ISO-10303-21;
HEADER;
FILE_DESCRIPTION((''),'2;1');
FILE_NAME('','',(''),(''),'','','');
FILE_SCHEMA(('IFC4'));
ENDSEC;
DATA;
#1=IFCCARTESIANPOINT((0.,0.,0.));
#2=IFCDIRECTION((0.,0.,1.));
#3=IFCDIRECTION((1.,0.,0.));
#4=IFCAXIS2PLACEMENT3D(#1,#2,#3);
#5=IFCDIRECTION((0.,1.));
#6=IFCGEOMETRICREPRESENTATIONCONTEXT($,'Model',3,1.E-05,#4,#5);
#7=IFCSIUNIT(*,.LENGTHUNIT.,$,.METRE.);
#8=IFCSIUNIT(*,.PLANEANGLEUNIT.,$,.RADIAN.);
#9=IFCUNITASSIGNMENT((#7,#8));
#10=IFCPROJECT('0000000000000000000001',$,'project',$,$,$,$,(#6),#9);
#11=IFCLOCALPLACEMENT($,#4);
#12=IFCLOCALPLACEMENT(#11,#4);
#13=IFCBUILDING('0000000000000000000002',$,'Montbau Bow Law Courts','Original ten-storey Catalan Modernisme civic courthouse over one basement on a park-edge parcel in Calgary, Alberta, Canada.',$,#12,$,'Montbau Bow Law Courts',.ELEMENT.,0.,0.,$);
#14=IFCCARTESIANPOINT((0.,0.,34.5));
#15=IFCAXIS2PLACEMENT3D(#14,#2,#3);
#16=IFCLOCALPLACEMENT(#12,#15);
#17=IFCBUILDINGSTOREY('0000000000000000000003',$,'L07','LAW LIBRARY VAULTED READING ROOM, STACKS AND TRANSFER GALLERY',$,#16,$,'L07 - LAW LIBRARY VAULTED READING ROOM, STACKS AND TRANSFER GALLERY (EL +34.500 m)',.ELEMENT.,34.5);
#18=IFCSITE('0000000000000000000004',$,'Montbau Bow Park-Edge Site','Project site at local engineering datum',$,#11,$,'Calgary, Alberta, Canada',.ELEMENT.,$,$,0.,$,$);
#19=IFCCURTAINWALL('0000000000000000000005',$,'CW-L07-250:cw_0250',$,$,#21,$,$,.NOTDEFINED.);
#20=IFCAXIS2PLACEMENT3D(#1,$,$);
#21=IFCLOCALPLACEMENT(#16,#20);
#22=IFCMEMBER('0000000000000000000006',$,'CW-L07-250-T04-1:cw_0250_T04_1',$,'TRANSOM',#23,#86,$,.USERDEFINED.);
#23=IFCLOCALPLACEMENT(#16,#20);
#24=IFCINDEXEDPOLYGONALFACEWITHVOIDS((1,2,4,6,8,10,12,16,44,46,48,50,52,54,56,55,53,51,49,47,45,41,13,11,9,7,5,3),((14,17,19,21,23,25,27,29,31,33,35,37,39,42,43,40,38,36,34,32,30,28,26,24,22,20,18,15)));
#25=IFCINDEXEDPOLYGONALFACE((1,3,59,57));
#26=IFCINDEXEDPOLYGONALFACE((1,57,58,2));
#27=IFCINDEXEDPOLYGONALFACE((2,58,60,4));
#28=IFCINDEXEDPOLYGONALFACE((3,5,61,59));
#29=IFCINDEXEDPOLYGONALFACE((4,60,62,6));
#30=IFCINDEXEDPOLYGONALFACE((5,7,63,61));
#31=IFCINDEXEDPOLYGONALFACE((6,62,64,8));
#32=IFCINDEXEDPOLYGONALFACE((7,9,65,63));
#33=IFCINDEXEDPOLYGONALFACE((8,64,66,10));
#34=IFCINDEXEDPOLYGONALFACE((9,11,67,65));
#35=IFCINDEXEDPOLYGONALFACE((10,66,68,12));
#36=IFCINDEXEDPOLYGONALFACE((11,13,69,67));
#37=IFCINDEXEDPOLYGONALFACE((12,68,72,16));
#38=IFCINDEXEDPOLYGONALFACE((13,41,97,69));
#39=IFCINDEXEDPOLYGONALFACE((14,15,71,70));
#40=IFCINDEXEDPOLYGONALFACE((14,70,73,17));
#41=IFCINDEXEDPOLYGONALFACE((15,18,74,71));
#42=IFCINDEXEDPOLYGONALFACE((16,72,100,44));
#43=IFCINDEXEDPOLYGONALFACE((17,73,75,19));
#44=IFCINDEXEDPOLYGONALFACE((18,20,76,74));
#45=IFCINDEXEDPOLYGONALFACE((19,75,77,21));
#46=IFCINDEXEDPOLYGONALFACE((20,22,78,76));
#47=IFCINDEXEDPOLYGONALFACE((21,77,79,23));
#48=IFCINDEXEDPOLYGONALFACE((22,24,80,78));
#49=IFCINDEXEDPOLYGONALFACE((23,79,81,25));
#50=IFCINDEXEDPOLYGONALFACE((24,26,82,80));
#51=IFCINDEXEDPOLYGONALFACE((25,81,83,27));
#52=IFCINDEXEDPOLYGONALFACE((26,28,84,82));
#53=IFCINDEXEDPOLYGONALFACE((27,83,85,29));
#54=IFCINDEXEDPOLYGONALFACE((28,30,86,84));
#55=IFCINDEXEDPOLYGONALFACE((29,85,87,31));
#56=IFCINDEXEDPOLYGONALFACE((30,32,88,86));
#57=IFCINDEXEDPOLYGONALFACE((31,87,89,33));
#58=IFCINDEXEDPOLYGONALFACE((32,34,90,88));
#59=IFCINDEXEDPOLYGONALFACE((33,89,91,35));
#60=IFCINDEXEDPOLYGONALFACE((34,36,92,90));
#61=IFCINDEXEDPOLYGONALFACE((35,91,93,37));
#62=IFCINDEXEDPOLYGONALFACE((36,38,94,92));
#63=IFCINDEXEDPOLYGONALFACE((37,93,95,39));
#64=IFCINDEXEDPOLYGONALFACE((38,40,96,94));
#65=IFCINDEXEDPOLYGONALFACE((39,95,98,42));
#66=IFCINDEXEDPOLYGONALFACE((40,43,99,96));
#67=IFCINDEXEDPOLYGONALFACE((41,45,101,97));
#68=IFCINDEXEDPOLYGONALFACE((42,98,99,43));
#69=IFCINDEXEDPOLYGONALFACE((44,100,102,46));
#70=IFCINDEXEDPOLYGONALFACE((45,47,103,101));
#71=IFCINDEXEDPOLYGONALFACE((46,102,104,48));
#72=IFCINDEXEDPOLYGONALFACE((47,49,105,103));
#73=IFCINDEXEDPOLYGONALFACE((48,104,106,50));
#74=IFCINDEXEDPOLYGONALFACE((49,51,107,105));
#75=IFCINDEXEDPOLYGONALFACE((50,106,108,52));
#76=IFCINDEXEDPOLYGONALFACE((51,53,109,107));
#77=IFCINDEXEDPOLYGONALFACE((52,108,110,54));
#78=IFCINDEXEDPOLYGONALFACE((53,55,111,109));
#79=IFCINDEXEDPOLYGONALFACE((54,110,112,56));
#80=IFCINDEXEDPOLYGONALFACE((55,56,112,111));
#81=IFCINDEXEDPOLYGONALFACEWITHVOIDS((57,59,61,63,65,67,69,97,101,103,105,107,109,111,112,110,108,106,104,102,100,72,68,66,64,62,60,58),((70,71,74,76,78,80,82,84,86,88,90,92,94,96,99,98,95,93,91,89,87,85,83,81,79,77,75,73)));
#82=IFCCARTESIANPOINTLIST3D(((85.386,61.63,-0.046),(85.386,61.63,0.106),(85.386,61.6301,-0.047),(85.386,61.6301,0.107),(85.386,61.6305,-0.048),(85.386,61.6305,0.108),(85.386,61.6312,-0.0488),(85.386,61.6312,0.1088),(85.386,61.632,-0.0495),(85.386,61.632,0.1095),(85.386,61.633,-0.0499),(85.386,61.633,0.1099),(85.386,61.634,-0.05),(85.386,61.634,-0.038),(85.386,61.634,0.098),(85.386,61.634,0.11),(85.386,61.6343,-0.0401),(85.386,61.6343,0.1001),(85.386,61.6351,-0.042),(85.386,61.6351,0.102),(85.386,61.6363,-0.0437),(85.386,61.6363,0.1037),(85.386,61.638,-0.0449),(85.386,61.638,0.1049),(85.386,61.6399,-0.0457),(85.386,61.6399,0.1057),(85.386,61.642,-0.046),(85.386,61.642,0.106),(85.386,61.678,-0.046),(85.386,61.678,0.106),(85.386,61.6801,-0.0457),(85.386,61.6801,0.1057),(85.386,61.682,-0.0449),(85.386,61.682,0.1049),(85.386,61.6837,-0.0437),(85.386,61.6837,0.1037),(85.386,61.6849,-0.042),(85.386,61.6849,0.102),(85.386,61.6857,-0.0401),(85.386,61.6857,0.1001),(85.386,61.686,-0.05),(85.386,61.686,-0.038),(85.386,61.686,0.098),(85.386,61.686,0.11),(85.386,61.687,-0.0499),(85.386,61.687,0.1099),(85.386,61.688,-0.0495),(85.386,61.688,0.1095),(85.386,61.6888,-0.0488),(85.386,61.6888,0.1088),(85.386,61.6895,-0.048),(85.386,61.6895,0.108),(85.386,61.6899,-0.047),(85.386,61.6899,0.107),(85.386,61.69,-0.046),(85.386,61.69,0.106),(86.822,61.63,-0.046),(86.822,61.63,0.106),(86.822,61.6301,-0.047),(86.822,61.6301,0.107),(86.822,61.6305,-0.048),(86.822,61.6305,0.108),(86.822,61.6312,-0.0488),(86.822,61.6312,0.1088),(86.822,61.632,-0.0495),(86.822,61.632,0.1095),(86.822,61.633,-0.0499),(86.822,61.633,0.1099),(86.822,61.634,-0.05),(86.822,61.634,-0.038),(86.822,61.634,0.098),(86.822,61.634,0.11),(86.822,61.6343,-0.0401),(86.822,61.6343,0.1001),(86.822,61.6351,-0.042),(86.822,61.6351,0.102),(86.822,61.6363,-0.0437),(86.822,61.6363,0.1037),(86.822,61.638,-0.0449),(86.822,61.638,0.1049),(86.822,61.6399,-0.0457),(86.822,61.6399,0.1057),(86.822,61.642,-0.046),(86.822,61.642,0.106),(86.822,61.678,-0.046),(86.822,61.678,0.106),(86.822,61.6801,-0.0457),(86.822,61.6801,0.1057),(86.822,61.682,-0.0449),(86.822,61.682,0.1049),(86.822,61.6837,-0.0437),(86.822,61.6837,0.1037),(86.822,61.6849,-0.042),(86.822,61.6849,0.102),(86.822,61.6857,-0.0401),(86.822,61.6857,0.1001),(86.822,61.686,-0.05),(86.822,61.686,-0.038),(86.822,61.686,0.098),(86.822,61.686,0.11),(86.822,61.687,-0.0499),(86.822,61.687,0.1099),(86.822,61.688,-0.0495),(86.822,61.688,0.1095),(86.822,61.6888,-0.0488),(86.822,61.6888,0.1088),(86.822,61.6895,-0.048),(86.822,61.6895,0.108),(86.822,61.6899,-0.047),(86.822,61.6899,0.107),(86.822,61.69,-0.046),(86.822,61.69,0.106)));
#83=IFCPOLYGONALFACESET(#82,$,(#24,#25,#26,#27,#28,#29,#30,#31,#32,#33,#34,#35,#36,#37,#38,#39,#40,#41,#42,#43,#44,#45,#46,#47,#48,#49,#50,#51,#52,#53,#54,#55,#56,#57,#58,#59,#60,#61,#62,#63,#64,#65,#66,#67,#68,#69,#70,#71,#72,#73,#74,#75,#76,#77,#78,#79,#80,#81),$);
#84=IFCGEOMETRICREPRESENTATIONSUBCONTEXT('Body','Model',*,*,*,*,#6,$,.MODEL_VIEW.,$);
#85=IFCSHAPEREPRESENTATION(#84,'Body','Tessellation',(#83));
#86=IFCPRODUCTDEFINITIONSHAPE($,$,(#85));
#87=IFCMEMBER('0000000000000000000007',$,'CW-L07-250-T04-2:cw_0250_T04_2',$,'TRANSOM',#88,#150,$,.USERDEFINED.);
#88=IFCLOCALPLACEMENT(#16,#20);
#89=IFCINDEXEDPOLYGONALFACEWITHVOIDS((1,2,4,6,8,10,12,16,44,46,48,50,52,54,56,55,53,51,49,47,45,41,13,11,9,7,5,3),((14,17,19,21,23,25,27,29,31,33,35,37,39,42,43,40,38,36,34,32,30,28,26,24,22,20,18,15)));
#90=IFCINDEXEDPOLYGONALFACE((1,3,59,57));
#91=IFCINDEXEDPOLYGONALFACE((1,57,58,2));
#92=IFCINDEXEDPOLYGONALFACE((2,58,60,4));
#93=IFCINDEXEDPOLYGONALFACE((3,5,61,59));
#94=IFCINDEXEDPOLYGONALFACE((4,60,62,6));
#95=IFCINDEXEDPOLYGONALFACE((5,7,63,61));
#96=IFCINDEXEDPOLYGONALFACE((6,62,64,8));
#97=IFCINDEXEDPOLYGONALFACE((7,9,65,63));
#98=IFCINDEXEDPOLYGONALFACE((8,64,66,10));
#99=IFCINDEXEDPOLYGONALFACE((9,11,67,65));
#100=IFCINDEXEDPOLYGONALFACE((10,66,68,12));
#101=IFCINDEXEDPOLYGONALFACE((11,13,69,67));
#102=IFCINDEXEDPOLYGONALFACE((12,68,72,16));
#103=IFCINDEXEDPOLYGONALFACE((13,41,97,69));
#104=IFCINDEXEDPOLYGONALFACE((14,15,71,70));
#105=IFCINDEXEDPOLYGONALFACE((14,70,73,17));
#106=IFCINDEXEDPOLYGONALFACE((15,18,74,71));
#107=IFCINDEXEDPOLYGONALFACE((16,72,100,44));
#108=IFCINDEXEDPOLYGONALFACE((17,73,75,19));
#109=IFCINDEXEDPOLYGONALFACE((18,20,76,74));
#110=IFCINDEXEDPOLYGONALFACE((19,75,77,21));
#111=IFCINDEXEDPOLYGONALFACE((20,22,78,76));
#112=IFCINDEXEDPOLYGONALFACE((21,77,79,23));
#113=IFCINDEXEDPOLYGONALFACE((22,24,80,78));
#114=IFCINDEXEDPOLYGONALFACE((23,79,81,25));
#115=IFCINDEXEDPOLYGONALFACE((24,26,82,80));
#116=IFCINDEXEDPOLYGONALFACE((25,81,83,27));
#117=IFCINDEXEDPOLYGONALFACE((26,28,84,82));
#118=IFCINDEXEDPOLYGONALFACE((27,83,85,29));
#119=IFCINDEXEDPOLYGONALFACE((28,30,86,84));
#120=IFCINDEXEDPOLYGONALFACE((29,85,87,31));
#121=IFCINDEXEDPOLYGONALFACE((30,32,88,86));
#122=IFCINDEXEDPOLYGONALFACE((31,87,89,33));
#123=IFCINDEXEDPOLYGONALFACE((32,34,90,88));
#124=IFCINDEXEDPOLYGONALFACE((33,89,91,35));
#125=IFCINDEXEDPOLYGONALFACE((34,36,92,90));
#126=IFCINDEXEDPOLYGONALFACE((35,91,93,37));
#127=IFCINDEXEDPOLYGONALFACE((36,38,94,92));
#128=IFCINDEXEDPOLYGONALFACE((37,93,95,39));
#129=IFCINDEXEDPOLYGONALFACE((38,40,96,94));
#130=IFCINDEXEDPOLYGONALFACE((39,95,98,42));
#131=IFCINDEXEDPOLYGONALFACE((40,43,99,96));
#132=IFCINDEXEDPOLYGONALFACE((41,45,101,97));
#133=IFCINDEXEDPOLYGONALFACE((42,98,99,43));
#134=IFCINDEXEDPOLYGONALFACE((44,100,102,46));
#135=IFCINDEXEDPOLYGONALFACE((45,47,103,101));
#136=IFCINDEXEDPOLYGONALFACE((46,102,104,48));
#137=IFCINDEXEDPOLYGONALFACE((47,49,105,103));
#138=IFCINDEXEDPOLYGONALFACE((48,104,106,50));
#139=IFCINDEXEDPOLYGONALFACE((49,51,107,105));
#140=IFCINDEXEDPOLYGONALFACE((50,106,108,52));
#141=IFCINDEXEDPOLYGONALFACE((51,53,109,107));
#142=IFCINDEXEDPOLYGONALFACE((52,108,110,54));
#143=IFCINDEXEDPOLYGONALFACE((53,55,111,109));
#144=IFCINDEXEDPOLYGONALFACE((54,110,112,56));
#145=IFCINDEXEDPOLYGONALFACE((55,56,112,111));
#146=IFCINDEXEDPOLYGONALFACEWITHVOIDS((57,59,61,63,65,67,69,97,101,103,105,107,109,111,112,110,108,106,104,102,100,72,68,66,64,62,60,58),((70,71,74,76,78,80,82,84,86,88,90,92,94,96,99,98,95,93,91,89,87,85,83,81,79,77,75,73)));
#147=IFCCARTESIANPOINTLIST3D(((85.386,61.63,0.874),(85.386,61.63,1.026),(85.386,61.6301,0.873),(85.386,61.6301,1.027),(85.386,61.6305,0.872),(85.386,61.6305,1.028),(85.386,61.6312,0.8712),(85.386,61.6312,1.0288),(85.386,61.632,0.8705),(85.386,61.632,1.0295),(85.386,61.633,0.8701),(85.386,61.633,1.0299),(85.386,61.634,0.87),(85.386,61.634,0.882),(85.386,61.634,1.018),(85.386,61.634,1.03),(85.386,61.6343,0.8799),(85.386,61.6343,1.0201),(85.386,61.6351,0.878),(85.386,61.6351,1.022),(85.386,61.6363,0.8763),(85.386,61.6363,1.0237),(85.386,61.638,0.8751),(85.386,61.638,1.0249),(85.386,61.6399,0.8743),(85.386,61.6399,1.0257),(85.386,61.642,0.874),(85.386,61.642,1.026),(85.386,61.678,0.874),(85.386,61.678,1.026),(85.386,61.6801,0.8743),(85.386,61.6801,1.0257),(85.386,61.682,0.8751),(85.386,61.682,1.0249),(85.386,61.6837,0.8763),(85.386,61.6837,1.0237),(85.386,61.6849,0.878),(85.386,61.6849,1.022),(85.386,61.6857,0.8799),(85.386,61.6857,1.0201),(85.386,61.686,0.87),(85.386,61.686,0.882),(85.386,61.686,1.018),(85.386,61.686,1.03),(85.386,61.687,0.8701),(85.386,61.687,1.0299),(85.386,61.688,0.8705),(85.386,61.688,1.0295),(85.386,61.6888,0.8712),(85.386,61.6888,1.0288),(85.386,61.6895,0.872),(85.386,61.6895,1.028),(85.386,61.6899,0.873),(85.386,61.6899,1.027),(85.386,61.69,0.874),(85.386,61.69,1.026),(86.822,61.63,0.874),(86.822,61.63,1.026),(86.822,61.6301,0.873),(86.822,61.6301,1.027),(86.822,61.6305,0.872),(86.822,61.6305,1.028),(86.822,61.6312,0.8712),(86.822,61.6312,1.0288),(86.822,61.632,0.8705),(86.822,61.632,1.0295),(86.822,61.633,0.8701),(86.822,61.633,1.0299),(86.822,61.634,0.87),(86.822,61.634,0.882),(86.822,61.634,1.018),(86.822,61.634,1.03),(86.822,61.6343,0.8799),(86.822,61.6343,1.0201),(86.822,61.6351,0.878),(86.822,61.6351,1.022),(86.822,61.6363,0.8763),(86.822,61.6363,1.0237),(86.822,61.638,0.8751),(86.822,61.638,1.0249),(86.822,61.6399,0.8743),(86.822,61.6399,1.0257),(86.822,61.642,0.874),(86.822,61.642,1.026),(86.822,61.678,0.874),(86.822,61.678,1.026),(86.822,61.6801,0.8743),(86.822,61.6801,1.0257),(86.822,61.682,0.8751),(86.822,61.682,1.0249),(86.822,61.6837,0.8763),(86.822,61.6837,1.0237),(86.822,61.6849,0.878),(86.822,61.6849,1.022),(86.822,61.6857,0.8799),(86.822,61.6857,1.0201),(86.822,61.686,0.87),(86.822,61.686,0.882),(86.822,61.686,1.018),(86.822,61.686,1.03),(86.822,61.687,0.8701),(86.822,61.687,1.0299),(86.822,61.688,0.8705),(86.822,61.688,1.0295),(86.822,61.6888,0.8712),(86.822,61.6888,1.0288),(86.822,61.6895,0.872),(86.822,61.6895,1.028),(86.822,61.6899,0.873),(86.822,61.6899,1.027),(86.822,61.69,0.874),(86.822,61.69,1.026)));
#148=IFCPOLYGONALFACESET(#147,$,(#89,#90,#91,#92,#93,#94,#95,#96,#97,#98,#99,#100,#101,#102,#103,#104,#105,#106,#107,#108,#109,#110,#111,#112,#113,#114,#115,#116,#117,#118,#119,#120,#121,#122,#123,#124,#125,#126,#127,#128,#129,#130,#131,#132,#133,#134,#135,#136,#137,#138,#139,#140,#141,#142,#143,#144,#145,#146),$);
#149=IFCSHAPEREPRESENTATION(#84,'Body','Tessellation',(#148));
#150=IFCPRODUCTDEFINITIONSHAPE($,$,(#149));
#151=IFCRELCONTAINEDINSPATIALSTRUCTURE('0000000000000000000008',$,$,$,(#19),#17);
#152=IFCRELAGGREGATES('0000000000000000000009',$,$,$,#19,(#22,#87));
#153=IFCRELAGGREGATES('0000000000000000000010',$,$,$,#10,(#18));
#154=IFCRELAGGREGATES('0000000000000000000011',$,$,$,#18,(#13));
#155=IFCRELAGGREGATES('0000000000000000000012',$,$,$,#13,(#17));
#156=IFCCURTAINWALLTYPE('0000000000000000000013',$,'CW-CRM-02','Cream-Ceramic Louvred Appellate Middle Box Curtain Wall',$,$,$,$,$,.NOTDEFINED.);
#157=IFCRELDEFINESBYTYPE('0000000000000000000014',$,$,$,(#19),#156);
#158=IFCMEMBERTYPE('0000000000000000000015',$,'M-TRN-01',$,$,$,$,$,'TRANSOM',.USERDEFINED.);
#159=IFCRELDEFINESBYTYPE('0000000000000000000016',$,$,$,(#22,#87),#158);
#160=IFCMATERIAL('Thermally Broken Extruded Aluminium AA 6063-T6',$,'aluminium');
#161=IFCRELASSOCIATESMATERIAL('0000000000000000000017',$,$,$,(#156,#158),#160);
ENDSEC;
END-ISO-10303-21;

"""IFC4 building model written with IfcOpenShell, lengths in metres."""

from ifc_helpers import new_model, si_unit, direction, frame, origin_with_axes, origin_2d_with_axis, place, context, subcontext, project, spatial, hollow_rectangle, extrude, material, material_profile, profile_set, type_object, element, aggregate, save


model = new_model("IFC4")

# Units and contexts
model_context = context("Model", 3, precision=1e-05, world=origin_with_axes(), true_north=direction((0.0, 1.0)))
body_context = subcontext(model_context, "Body", "Model", "MODEL_VIEW")
ifc_project = project(units=[si_unit("LENGTHUNIT", "METRE"), si_unit("PLANEANGLEUNIT", "RADIAN")], contexts=[model_context])

# Site, building, storey
site_placement = place(None, origin_with_axes())
site = spatial("IfcSite", under=ifc_project, at=site_placement, Name="Montbau Bow Park-Edge Site", Description="Project site at local engineering datum", LongName="Calgary, Alberta, Canada", CompositionType="ELEMENT", RefElevation=0.0)
building_placement = place(site_placement, origin_with_axes())
building = spatial("IfcBuilding", under=site, at=building_placement, Name="Montbau Bow Law Courts", Description="Original ten-storey Catalan Modernisme civic courthouse over one basement on a park-edge parcel in Calgary, Alberta, Canada.", LongName="Montbau Bow Law Courts", CompositionType="ELEMENT", ElevationOfRefHeight=0.0, ElevationOfTerrain=0.0)
storey_placement = place(building_placement, frame((0.0, 0.0, 34.5), z_axis=(0.0, 0.0, 1.0), x_axis=(1.0, 0.0, 0.0)))
storey = spatial("IfcBuildingStorey", under=building, at=storey_placement, Name="L07", Description="LAW LIBRARY VAULTED READING ROOM, STACKS AND TRANSFER GALLERY", LongName="L07 - LAW LIBRARY VAULTED READING ROOM, STACKS AND TRANSFER GALLERY (EL +34.500 m)", CompositionType="ELEMENT", Elevation=34.5)

# Curtain wall
ifc_material_1 = material(Name="Thermally Broken Extruded Aluminium AA 6063-T6", Category="aluminium")
curtain_wall_type = type_object("IfcCurtainWallType", Name="CW-CRM-02", Description="Cream-Ceramic Louvred Appellate Middle Box Curtain Wall", PredefinedType="NOTDEFINED", material=ifc_material_1)
curtain_wall_1_placement = place(None, frame((80.84, 61.66, 34.5), z_axis=(0.0, 0.0, 1.0), x_axis=(1.0, 0.0, 0.0)))
curtain_wall_1 = element("IfcCurtainWall", 1, at=curtain_wall_1_placement, inside=storey, type_object=curtain_wall_type, Name="CW-L07-250:cw_0250", PredefinedType="NOTDEFINED")

# Members
ifc_material_profile_1 = material_profile(ifc_material_1, hollow_rectangle(XDim=0.06, YDim=0.16, WallThickness=0.004, InnerFilletRadius=0.008, OuterFilletRadius=0.004, at=origin_2d_with_axis()), Name="CWT-160X60", Category="Main", Priority=0)
ifc_profile_set_1 = profile_set([ifc_material_profile_1], Name="Thermally Broken Extruded Aluminium AA 6063-T6")
member_type_1 = type_object("IfcMemberType", Name="M-TRN-01", ElementType="TRANSOM", PredefinedType="USERDEFINED", material=ifc_profile_set_1)
member_1_placement = place(None, frame((85.386, 61.66, 34.53), z_axis=(1.0, 0.0, 0.0), x_axis=(0.0, 1.0, 0.0)))
member_1 = element("IfcMember", 2, at=member_1_placement, type_object=member_type_1, Name="CW-L07-250-T04-1:cw_0250_T04_1", ObjectType="TRANSOM", PredefinedType="USERDEFINED", context=body_context, shape_type="SweptSolid", body=[
    extrude(hollow_rectangle(XDim=0.06, YDim=0.16, WallThickness=0.004, InnerFilletRadius=0.008, OuterFilletRadius=0.004, at=origin_2d_with_axis()), origin_with_axes(), (0.0, 0.0, 1.0), 1.436),
])
member_2_placement = place(None, frame((85.386, 61.66, 35.45), z_axis=(1.0, 0.0, 0.0), x_axis=(0.0, 1.0, 0.0)))
member_2 = element("IfcMember", 3, at=member_2_placement, type_object=member_type_1, Name="CW-L07-250-T04-2:cw_0250_T04_2", ObjectType="TRANSOM", PredefinedType="USERDEFINED", context=body_context, shape_type="SweptSolid", body=[
    extrude(hollow_rectangle(XDim=0.06, YDim=0.16, WallThickness=0.004, InnerFilletRadius=0.008, OuterFilletRadius=0.004, at=origin_2d_with_axis()), origin_with_axes(), (0.0, 0.0, 1.0), 1.436),
])

aggregate(curtain_wall_1, [member_1, member_2])

save(model, "model.ifc")
